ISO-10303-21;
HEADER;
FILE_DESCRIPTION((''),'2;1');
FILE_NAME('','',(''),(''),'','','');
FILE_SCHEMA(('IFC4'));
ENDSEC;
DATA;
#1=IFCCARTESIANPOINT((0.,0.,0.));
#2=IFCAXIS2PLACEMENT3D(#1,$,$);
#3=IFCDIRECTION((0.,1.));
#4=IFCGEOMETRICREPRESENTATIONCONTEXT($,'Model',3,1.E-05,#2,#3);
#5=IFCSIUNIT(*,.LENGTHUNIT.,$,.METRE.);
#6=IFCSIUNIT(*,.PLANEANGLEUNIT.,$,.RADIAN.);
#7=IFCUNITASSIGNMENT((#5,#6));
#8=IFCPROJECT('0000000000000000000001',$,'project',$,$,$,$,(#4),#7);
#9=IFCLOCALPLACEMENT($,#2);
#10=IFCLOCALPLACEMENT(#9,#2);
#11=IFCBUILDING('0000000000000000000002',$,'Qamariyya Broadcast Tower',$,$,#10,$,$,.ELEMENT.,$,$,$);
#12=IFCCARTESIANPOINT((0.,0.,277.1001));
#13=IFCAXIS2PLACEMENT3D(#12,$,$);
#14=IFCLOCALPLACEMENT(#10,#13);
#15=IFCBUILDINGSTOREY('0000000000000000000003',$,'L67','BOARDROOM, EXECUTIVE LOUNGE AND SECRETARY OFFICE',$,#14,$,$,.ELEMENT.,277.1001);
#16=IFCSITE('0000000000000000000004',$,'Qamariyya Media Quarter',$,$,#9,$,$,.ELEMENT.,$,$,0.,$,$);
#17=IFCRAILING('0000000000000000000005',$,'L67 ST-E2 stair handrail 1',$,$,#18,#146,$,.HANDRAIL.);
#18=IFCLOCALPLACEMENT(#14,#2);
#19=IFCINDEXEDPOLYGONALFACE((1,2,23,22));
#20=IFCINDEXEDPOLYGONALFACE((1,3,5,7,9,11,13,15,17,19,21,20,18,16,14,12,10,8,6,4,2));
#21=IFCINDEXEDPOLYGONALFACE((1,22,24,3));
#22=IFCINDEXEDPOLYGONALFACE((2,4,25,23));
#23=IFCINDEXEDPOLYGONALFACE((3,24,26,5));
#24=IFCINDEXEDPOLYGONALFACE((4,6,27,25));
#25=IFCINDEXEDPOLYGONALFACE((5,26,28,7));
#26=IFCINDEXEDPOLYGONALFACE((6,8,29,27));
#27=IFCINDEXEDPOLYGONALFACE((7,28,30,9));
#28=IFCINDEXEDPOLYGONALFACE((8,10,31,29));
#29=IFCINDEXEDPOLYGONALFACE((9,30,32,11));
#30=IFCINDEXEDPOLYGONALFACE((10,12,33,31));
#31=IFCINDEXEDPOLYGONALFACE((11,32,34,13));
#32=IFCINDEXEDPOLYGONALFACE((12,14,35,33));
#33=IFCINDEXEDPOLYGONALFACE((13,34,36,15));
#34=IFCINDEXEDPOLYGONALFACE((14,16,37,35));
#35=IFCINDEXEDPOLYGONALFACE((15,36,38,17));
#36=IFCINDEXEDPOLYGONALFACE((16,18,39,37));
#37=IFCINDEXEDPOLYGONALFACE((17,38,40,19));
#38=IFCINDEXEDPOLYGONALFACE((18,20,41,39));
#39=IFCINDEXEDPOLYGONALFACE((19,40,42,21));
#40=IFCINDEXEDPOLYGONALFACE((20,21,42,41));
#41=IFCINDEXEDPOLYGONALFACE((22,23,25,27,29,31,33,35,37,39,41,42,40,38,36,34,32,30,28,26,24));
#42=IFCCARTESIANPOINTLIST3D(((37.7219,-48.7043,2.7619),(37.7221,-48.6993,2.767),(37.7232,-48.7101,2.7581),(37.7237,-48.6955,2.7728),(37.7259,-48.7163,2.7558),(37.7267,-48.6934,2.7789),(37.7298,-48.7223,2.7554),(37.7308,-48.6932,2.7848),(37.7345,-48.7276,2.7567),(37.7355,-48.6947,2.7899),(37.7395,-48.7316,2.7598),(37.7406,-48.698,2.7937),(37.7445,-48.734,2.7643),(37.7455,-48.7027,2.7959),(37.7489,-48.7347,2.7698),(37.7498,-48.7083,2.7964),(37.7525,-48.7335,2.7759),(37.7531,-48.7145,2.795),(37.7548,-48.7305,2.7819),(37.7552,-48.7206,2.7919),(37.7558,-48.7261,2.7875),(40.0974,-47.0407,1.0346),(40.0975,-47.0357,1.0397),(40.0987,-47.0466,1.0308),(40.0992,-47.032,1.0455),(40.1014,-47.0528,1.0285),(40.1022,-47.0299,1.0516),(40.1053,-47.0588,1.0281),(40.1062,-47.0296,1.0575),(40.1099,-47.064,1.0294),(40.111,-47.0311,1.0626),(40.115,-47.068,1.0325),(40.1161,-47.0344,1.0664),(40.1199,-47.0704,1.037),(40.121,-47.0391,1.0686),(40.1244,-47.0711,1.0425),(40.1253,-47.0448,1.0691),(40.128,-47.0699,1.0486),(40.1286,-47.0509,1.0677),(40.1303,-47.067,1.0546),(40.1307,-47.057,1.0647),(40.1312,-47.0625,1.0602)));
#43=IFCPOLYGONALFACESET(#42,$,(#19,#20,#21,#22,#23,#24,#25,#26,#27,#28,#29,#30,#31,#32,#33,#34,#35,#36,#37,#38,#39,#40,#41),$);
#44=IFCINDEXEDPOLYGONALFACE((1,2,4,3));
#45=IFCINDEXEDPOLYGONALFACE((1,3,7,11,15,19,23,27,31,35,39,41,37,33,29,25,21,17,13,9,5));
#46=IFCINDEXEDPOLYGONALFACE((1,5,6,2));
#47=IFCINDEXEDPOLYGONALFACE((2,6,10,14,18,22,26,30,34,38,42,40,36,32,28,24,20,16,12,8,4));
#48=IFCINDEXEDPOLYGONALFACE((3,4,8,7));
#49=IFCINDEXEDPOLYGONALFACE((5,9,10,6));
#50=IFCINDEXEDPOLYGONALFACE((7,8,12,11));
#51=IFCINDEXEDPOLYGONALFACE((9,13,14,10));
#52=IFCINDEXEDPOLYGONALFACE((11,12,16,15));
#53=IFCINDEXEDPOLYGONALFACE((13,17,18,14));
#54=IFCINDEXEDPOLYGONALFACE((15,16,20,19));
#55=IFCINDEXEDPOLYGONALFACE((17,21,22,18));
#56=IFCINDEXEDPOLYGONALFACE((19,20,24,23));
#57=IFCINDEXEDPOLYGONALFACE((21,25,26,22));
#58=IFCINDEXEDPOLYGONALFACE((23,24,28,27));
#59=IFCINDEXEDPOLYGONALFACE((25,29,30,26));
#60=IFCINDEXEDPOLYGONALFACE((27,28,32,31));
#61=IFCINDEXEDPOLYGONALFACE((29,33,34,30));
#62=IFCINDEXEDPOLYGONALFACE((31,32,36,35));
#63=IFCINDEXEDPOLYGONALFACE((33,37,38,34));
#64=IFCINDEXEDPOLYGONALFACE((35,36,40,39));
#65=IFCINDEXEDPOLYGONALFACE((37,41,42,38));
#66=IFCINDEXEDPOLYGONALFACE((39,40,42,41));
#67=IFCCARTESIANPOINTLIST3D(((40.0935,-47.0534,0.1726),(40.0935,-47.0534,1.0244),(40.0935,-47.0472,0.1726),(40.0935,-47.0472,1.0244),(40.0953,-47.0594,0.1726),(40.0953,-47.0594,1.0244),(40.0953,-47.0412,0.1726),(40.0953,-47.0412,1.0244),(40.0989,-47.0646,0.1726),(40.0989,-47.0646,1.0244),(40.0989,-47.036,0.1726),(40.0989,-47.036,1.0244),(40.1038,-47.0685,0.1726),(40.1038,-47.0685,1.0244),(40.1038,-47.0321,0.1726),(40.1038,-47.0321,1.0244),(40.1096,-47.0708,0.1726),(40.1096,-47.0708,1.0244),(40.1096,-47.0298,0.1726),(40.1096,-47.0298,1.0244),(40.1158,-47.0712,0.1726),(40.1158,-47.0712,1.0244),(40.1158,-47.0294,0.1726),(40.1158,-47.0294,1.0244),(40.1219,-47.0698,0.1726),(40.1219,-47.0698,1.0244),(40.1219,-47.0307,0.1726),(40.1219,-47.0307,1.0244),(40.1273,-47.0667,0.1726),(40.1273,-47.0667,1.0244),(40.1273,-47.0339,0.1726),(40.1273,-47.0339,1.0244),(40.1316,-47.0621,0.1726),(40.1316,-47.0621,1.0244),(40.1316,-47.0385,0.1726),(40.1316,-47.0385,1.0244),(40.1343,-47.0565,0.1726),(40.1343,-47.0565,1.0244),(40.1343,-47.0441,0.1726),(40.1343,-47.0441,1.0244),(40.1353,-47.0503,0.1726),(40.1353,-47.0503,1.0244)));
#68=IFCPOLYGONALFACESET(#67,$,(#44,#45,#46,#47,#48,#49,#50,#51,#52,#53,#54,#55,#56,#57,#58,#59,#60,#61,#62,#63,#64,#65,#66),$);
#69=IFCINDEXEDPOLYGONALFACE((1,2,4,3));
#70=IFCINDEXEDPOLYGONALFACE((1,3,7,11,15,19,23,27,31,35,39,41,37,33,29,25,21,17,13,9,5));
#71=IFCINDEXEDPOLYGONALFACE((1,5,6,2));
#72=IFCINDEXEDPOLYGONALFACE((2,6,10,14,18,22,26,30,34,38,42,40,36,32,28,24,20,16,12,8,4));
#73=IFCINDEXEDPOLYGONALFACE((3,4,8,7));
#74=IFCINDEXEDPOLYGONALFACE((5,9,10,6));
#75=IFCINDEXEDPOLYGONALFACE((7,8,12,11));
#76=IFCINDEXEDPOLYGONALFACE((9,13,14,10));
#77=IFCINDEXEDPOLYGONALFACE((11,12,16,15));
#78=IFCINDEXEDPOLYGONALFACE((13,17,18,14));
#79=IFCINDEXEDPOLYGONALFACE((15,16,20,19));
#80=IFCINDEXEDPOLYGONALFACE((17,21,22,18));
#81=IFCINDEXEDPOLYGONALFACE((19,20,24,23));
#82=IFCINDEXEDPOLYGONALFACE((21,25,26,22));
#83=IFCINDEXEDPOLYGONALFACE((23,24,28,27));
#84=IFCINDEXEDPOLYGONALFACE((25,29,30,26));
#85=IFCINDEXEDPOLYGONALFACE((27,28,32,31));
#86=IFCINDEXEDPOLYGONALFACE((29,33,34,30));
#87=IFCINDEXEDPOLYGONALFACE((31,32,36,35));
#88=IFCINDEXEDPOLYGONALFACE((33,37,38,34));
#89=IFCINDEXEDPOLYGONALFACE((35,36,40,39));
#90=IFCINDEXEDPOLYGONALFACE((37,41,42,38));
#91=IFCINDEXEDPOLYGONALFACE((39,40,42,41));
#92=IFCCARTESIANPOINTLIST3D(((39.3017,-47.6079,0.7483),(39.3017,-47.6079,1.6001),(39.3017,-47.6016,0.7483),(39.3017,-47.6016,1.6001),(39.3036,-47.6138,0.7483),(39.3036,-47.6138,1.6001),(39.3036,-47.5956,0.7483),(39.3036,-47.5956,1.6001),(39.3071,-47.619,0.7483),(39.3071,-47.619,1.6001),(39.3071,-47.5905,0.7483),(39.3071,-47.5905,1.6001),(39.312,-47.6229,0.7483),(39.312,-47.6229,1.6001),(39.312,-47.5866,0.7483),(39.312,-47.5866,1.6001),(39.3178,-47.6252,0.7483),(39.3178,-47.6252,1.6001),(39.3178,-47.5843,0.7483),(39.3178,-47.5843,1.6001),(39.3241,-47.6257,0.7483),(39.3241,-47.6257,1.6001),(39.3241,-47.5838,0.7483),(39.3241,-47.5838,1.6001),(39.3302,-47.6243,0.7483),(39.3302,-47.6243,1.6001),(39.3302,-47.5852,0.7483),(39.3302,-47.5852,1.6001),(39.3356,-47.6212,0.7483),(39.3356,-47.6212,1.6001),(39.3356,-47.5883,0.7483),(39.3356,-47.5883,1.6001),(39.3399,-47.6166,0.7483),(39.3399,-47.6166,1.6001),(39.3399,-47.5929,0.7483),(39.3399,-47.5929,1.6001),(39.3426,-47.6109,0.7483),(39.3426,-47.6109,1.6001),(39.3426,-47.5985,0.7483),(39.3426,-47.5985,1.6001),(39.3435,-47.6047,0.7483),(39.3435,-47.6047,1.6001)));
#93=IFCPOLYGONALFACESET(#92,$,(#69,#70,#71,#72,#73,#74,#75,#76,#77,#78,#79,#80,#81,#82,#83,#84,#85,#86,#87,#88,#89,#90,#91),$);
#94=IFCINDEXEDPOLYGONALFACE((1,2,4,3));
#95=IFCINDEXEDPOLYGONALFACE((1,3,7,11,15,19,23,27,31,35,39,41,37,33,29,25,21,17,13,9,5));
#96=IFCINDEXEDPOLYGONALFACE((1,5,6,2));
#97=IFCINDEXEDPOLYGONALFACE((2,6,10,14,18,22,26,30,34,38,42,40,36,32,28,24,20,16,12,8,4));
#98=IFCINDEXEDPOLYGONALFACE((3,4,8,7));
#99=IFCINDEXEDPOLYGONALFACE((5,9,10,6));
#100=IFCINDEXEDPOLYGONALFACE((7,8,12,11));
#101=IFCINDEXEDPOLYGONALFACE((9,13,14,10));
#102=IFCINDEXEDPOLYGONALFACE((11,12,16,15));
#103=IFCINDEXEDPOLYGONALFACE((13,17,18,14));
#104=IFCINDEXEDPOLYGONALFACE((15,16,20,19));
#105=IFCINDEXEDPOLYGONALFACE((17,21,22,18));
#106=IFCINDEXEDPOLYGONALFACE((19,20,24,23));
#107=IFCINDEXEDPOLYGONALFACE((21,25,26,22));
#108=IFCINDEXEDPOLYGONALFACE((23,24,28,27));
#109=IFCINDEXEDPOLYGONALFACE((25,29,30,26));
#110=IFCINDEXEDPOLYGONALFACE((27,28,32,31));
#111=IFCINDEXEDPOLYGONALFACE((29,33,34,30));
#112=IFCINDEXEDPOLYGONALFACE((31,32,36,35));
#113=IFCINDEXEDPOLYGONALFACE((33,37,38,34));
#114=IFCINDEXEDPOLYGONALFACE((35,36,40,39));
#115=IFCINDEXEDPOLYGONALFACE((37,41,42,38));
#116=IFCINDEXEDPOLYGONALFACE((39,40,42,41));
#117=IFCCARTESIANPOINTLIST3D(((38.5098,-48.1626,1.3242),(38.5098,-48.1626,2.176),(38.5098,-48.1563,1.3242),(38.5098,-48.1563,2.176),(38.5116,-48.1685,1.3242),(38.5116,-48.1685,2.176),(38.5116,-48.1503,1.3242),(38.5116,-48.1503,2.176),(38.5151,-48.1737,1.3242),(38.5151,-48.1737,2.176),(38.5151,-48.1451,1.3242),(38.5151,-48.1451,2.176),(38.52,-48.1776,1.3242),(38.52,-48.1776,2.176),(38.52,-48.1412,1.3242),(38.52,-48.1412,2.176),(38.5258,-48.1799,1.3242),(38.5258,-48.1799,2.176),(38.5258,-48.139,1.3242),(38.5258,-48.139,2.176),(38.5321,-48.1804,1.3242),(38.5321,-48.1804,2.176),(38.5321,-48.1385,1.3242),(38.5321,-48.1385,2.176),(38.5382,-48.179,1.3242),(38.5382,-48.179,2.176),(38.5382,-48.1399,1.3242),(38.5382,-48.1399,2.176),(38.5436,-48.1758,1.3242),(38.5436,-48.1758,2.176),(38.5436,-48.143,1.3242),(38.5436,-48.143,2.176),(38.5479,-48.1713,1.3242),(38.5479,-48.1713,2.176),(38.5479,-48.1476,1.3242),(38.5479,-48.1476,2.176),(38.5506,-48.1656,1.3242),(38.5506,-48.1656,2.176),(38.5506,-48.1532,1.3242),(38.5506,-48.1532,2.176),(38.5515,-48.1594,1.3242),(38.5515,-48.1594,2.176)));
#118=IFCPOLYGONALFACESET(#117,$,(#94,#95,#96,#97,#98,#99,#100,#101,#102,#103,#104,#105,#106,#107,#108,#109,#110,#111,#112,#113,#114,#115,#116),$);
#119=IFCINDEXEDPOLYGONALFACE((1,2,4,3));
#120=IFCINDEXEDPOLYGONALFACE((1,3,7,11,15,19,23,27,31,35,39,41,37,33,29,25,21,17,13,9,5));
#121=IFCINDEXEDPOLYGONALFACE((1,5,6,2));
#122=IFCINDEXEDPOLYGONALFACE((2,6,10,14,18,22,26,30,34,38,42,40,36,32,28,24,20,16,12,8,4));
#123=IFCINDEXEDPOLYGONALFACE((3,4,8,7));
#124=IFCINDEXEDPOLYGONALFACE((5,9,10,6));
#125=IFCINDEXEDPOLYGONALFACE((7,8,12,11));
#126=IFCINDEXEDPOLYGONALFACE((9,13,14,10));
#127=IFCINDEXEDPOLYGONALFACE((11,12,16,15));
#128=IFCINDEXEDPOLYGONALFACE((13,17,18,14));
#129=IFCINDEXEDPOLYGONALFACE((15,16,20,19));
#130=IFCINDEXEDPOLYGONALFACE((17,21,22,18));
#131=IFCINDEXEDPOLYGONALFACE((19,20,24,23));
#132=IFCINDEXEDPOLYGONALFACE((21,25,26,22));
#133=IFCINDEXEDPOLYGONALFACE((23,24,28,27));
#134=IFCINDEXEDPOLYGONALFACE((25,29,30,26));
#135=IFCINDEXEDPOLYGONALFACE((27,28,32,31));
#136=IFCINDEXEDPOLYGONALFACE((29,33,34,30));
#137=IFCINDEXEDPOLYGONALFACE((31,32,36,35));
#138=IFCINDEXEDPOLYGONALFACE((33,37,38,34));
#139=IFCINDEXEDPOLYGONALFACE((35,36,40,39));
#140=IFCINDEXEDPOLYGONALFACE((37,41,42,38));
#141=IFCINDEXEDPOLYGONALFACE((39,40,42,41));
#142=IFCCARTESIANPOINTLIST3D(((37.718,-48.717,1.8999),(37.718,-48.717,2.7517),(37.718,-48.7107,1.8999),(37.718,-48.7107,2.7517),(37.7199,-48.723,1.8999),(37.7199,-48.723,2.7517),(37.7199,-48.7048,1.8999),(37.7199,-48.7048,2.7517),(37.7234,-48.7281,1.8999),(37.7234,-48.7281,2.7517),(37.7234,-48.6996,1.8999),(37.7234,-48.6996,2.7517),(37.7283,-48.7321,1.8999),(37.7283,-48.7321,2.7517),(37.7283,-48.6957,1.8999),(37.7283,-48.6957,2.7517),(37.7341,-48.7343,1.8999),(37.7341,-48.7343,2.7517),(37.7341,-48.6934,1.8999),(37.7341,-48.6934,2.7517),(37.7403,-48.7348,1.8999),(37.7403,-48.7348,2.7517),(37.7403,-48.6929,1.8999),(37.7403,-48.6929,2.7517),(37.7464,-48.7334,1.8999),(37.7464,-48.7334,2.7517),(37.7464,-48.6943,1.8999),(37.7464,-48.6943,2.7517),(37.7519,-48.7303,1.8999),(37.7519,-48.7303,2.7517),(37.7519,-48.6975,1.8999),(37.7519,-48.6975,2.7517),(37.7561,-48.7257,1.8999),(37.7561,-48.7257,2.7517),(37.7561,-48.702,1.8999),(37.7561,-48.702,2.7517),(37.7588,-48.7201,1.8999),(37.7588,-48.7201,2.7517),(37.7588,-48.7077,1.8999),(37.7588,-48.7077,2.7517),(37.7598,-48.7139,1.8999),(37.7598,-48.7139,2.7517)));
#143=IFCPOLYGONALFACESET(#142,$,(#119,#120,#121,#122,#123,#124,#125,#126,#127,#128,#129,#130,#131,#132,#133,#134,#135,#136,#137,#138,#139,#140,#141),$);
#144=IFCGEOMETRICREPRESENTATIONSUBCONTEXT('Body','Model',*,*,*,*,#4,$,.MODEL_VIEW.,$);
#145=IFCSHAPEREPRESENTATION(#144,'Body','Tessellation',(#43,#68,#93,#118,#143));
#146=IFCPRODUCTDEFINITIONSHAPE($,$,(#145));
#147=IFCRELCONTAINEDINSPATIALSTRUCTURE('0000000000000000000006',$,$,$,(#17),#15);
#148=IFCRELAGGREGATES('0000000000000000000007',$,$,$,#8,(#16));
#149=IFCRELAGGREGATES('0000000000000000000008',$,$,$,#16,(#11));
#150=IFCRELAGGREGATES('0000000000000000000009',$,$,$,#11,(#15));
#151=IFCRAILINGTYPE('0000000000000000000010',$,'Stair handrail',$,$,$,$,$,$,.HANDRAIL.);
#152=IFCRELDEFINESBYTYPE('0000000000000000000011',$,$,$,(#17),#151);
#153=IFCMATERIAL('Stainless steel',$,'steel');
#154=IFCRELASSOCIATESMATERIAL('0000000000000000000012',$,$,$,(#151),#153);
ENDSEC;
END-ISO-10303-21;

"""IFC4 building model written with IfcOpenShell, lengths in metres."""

from ifc_helpers import new_model, si_unit, direction, frame, origin, origin_2d, place, context, subcontext, project, spatial, circle, extrude, material, type_object, element, save


model = new_model("IFC4")

# Units and contexts
model_context = context("Model", 3, precision=1e-05, world=origin(), true_north=direction((0.0, 1.0)))
body_context = subcontext(model_context, "Body", "Model", "MODEL_VIEW")
ifc_project = project(units=[si_unit("LENGTHUNIT", "METRE"), si_unit("PLANEANGLEUNIT", "RADIAN")], contexts=[model_context])

# Site, building, storey
site_placement = place(None, origin())
site = spatial("IfcSite", under=ifc_project, at=site_placement, Name="Qamariyya Media Quarter", CompositionType="ELEMENT", RefElevation=0.0)
building_placement = place(site_placement, origin())
building = spatial("IfcBuilding", under=site, at=building_placement, Name="Qamariyya Broadcast Tower", CompositionType="ELEMENT")
storey_placement = place(building_placement, frame((0.0, 0.0, 277.1001)))
storey = spatial("IfcBuildingStorey", under=building, at=storey_placement, Name="L67", Description="BOARDROOM, EXECUTIVE LOUNGE AND SECRETARY OFFICE", CompositionType="ELEMENT", Elevation=277.1001)

# Railing
ifc_material_1 = material(Name="Stainless steel", Category="steel")
railing_type_1 = type_object("IfcRailingType", Name="Stair handrail", PredefinedType="HANDRAIL", material=ifc_material_1)
railing_1_placement = place(storey_placement, frame((40.1143, -47.0503, 0.1726)))
element("IfcRailing", 1, at=railing_1_placement, inside=storey, type_object=railing_type_1, Name="L67 ST-E2 stair handrail 1", PredefinedType="HANDRAIL", context=body_context, shape_type="SweptSolid", body=[
    extrude(circle(Radius=0.0239, at=origin_2d()), frame((0.0, 0.0, 0.876), z_axis=(-0.703745, -0.492838, 0.511716), x_axis=(0.573632, -0.819113, 0.0)), (0.0, 0.0, 1.0), 3.3755),
    extrude(circle(Radius=0.021, at=origin_2d()), origin(), (0.0, 0.0, 1.0), 0.8518),
    extrude(circle(Radius=0.021, at=origin_2d()), frame((-0.7917, -0.5544, 0.5757)), (0.0, 0.0, 1.0), 0.8518),
    extrude(circle(Radius=0.021, at=origin_2d()), frame((-1.5837, -1.1091, 1.1516)), (0.0, 0.0, 1.0), 0.8518),
    extrude(circle(Radius=0.021, at=origin_2d()), frame((-2.3755, -1.6636, 1.7273)), (0.0, 0.0, 1.0), 0.8518),
])

save(model, "model.ifc")
